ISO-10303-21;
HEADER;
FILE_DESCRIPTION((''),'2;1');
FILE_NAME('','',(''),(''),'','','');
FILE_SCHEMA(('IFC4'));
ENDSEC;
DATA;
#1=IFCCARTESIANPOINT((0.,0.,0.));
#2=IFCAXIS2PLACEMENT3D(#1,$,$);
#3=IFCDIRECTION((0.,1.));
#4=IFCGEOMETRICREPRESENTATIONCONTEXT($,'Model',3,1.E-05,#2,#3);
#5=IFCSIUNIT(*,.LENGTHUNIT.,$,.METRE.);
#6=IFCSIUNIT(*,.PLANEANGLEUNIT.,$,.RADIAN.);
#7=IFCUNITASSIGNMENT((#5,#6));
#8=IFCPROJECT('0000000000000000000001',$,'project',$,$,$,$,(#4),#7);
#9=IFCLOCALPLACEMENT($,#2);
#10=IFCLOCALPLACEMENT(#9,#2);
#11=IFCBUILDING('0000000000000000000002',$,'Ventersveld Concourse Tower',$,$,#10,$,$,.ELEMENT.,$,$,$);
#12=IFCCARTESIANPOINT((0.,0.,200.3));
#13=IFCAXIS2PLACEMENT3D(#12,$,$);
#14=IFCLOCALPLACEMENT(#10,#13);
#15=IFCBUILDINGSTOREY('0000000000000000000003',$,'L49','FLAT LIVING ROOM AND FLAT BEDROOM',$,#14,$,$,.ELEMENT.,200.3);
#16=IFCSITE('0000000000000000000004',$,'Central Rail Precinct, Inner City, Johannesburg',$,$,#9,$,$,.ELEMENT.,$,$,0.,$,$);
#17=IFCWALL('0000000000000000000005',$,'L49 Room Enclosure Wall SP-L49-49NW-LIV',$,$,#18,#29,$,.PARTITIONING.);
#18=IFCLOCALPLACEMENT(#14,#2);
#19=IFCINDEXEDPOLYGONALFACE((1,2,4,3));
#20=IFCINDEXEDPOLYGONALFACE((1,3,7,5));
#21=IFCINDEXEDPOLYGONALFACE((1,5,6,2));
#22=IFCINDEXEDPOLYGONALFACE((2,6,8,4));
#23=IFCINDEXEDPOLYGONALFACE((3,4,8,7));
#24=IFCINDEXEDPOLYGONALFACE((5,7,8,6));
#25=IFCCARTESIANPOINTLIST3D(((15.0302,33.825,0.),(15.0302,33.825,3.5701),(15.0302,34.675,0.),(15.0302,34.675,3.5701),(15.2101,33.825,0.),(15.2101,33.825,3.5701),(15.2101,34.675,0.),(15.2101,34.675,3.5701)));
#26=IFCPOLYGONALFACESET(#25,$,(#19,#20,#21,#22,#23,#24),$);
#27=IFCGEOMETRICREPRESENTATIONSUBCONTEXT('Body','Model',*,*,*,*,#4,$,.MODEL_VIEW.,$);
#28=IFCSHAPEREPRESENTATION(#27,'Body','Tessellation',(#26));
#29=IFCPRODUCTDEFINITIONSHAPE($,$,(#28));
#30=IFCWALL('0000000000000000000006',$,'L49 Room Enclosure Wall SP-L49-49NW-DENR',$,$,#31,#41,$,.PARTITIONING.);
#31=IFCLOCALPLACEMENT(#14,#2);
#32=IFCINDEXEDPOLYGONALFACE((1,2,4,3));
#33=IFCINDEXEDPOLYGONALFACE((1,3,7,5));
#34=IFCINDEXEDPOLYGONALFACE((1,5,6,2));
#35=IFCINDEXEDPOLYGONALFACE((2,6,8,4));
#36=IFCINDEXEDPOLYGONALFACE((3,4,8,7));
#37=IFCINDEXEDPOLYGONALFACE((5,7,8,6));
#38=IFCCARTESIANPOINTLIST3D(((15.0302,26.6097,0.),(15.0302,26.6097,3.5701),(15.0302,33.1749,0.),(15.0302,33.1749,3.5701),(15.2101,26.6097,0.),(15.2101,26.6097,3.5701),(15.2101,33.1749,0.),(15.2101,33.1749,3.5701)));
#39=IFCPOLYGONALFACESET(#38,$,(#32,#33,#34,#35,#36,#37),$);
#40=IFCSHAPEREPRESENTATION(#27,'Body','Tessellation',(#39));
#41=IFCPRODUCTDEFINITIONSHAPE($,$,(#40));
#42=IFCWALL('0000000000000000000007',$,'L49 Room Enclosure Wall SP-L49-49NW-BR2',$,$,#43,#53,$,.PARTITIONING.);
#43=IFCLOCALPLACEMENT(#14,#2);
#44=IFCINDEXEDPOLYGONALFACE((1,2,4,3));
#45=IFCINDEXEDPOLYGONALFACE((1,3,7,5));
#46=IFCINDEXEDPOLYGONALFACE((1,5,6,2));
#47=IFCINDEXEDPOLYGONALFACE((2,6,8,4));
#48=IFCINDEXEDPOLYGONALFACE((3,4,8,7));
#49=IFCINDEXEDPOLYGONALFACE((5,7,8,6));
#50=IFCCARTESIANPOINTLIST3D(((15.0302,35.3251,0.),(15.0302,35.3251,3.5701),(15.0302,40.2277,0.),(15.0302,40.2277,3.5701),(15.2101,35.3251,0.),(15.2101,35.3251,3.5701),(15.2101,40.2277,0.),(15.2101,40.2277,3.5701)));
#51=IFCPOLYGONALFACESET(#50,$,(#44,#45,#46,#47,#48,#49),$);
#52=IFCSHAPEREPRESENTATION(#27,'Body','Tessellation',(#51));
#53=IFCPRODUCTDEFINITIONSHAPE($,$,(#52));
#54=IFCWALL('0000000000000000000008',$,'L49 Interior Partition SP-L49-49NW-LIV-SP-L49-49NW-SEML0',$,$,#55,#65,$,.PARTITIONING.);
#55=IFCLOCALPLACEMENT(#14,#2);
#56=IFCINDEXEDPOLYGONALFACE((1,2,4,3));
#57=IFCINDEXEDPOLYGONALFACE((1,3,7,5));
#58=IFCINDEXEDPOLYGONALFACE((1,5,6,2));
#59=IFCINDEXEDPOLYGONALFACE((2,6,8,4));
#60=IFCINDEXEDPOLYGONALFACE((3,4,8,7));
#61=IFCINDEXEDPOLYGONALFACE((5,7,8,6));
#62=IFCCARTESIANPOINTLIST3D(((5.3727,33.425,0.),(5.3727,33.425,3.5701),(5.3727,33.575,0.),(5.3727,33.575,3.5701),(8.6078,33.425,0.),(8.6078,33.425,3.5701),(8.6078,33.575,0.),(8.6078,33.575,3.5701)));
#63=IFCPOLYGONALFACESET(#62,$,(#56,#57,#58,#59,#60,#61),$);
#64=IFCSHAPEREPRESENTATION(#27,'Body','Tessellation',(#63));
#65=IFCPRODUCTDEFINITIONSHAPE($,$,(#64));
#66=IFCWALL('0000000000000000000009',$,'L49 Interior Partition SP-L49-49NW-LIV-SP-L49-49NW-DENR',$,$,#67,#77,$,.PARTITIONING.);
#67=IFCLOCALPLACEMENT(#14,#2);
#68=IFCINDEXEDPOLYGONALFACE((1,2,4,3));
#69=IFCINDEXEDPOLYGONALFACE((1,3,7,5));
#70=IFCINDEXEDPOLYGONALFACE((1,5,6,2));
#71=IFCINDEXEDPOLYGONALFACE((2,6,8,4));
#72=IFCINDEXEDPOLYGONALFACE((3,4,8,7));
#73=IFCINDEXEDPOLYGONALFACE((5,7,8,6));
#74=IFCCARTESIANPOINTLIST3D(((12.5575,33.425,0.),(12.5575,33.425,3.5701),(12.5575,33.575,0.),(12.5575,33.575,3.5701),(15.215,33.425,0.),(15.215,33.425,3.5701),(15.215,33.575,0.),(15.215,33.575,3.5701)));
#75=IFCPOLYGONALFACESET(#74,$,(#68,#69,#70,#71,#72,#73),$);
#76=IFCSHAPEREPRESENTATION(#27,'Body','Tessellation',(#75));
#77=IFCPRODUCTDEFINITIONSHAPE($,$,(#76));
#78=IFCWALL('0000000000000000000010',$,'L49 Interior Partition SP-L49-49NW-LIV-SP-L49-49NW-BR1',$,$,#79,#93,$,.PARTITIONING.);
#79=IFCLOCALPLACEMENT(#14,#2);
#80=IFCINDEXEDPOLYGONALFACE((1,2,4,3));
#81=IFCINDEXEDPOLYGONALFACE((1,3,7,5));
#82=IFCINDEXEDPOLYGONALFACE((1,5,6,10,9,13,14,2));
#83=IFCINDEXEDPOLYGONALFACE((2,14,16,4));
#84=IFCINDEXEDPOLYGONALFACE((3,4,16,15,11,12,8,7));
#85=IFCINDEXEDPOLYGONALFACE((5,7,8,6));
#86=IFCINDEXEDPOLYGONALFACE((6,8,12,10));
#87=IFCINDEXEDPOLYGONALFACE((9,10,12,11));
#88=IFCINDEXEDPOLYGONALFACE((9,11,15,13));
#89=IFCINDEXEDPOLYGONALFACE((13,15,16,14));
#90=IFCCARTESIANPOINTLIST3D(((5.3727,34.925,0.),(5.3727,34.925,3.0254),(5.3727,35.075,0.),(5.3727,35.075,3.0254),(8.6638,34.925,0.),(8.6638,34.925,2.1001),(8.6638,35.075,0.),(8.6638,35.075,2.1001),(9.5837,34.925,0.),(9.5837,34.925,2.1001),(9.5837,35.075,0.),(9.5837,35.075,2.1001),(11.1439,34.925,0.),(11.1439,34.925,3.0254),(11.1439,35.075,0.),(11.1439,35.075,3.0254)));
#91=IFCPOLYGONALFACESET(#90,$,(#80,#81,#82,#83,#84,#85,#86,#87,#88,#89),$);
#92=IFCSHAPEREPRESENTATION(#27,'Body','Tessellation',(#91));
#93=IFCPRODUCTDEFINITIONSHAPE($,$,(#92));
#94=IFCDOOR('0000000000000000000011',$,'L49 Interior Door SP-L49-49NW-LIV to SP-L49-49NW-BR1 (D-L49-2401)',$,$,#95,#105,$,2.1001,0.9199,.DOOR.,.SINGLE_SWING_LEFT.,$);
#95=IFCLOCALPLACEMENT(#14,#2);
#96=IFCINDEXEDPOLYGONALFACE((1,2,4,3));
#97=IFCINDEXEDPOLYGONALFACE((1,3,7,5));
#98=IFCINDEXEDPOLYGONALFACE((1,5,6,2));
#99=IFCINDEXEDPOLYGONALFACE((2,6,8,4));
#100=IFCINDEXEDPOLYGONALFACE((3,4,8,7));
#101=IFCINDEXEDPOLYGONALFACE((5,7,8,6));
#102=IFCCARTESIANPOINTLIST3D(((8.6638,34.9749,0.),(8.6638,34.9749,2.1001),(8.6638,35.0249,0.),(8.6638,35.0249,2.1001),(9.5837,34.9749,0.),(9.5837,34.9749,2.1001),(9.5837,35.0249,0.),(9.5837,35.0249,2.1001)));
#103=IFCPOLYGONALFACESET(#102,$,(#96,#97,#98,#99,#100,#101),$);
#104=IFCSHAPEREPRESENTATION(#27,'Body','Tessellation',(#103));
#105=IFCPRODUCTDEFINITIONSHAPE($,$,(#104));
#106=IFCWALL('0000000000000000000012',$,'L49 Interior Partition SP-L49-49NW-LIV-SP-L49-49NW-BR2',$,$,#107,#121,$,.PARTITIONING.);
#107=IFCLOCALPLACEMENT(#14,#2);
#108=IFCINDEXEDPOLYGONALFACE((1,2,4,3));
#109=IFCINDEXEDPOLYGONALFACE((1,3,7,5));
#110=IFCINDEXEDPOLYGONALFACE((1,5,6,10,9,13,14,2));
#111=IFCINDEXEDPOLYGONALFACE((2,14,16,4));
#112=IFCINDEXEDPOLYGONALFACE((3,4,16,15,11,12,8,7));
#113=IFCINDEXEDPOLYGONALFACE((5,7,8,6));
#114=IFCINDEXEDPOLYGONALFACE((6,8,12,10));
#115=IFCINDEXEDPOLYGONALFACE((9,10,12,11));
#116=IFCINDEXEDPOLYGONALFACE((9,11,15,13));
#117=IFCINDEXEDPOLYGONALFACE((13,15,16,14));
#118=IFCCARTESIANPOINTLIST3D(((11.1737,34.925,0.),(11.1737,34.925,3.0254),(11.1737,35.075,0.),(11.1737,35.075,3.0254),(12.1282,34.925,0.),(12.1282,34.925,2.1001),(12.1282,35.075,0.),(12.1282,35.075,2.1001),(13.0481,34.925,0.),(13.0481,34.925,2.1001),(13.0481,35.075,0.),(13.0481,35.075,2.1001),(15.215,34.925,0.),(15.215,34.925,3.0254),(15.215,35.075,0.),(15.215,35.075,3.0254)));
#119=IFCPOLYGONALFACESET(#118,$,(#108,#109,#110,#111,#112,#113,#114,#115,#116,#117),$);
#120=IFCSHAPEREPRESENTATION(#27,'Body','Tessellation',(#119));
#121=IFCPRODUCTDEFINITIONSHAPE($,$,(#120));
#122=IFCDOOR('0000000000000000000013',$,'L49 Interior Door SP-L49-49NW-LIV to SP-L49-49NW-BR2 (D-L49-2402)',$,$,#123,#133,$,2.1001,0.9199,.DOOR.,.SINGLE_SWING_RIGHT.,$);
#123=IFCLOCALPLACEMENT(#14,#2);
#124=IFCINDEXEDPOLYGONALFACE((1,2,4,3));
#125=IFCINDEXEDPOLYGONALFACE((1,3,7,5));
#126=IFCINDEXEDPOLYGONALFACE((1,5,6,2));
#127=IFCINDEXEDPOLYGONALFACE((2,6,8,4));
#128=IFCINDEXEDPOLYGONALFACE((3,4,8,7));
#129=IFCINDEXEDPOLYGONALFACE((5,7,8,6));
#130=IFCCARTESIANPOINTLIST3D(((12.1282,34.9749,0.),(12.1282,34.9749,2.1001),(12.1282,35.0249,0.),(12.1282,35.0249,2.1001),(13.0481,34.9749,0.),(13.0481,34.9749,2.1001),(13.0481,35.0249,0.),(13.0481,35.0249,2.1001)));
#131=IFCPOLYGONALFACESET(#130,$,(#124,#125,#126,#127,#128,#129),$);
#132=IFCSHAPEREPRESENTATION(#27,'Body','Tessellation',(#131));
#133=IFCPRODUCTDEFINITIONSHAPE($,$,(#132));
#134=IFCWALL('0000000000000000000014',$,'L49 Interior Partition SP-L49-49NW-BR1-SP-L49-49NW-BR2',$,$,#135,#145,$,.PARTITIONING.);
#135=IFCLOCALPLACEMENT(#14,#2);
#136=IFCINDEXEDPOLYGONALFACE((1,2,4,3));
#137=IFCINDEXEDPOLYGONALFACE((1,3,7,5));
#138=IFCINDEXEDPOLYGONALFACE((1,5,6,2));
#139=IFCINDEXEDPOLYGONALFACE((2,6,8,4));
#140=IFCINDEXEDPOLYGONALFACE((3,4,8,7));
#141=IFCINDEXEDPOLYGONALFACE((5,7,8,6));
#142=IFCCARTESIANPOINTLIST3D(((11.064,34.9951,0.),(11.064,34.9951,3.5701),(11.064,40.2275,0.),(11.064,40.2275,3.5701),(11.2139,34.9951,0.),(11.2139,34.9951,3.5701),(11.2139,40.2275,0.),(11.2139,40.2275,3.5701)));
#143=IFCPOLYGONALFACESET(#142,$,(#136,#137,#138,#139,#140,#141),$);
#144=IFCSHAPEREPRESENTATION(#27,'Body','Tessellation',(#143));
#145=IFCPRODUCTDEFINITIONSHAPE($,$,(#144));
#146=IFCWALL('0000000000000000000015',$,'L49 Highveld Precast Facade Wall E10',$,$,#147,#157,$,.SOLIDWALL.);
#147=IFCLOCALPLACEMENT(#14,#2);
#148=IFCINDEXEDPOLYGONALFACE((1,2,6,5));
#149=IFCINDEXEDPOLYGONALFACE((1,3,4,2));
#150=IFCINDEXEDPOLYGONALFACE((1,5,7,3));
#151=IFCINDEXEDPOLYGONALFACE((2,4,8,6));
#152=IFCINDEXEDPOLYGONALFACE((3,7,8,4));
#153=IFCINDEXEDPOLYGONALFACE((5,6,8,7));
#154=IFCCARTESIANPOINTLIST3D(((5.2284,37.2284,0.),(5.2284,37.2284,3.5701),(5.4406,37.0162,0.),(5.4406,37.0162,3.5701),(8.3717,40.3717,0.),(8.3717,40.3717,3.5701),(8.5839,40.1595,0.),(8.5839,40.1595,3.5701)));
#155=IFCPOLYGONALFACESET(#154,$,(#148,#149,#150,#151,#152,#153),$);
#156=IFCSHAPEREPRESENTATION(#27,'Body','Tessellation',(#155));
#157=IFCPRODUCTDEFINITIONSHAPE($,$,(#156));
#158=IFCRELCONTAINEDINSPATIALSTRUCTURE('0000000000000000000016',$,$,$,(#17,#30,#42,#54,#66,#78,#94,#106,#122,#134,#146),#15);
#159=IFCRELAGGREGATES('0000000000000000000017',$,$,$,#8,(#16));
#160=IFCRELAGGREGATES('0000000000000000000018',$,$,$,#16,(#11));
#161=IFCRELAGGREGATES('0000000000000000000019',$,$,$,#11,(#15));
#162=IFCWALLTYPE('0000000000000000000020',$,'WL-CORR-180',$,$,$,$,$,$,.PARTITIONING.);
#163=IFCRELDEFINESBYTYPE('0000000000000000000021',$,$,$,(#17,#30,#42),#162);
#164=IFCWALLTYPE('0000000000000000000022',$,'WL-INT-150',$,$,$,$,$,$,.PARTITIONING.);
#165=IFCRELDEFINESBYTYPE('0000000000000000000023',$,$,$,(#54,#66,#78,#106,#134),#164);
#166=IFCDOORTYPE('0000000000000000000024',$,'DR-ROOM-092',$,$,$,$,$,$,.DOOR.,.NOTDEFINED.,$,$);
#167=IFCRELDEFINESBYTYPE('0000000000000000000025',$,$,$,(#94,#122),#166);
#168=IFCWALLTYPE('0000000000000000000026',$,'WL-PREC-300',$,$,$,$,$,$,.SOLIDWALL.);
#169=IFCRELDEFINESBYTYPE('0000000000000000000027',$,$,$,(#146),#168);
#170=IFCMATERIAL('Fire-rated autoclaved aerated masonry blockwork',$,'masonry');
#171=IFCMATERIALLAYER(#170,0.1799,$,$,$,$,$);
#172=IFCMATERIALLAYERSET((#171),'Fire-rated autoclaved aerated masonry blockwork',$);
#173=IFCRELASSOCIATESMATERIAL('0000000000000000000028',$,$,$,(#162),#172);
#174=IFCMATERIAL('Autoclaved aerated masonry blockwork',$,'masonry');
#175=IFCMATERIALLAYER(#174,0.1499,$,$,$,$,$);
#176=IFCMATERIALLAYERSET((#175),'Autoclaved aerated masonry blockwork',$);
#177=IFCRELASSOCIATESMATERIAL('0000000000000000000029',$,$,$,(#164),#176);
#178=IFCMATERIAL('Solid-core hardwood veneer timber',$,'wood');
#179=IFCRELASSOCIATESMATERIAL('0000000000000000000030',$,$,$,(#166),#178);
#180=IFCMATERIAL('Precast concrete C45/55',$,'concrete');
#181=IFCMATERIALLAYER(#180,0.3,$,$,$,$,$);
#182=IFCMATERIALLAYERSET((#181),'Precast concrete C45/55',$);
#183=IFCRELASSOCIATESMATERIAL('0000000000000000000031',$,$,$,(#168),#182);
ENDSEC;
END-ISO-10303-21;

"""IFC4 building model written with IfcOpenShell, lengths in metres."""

from ifc_helpers import new_model, si_unit, direction, frame, frame_2d, origin, place, context, subcontext, project, spatial, rectangle, extrude, material, layer, layer_set, type_object, element, fill, save


model = new_model("IFC4")

# Units and contexts
model_context = context("Model", 3, precision=1e-05, world=origin(), true_north=direction((0.0, 1.0)))
body_context = subcontext(model_context, "Body", "Model", "MODEL_VIEW")
ifc_project = project(units=[si_unit("LENGTHUNIT", "METRE"), si_unit("PLANEANGLEUNIT", "RADIAN")], contexts=[model_context])

# Site, building, storey
site_placement = place(None, origin())
site = spatial("IfcSite", under=ifc_project, at=site_placement, Name="Central Rail Precinct, Inner City, Johannesburg", CompositionType="ELEMENT", RefElevation=0.0)
building_placement = place(site_placement, origin())
building = spatial("IfcBuilding", under=site, at=building_placement, Name="Ventersveld Concourse Tower", CompositionType="ELEMENT")
storey_placement = place(building_placement, frame((0.0, 0.0, 200.3)))
storey = spatial("IfcBuildingStorey", under=building, at=storey_placement, Name="L49", Description="FLAT LIVING ROOM AND FLAT BEDROOM", CompositionType="ELEMENT", Elevation=200.3)

# Walls
ifc_material_1 = material(Name="Fire-rated autoclaved aerated masonry blockwork", Category="masonry")
ifc_layer_1 = layer(ifc_material_1, 0.1799)
ifc_layer_set_1 = layer_set([ifc_layer_1], Name="Fire-rated autoclaved aerated masonry blockwork")
wall_type_1 = type_object("IfcWallType", Name="WL-CORR-180", PredefinedType="PARTITIONING", material=ifc_layer_set_1)
wall_1_placement = place(storey_placement, frame((15.1201, 34.675, 0.0), z_axis=(0.0, 0.0, 1.0), x_axis=(0.0, -1.0, 0.0)))
element("IfcWall", 1, at=wall_1_placement, inside=storey, type_object=wall_type_1, Name="L49 Room Enclosure Wall SP-L49-49NW-LIV", PredefinedType="PARTITIONING", context=body_context, shape_type="SweptSolid", body=[
    extrude(rectangle(XDim=0.8501, YDim=0.1799, at=frame_2d((0.425, 0.0))), origin(), (0.0, 0.0, 1.0), 3.5701),
])
wall_2_placement = place(storey_placement, frame((15.1201, 33.175, 0.0), z_axis=(0.0, 0.0, 1.0), x_axis=(0.0, -1.0, 0.0)))
element("IfcWall", 2, at=wall_2_placement, inside=storey, type_object=wall_type_1, Name="L49 Room Enclosure Wall SP-L49-49NW-DENR", PredefinedType="PARTITIONING", context=body_context, shape_type="SweptSolid", body=[
    extrude(rectangle(XDim=6.5652, YDim=0.1799, at=frame_2d((3.2827, 0.0))), origin(), (0.0, 0.0, 1.0), 3.5701),
])
wall_3_placement = place(storey_placement, frame((15.1201, 40.2275, 0.0), z_axis=(0.0, 0.0, 1.0), x_axis=(0.0, -1.0, 0.0)))
element("IfcWall", 3, at=wall_3_placement, inside=storey, type_object=wall_type_1, Name="L49 Room Enclosure Wall SP-L49-49NW-BR2", PredefinedType="PARTITIONING", context=body_context, shape_type="SweptSolid", body=[
    extrude(rectangle(XDim=4.9026, YDim=0.1799, at=frame_2d((2.4512, 0.0))), origin(), (0.0, 0.0, 1.0), 3.5701),
])
ifc_material_2 = material(Name="Autoclaved aerated masonry blockwork", Category="masonry")
ifc_layer_2 = layer(ifc_material_2, 0.1499)
ifc_layer_set_2 = layer_set([ifc_layer_2], Name="Autoclaved aerated masonry blockwork")
wall_type_2 = type_object("IfcWallType", Name="WL-INT-150", PredefinedType="PARTITIONING", material=ifc_layer_set_2)
wall_4_placement = place(storey_placement, frame((5.3726, 33.5, 0.0), z_axis=(0.0, 0.0, 1.0), x_axis=(1.0, 0.0, 0.0)))
element("IfcWall", 4, at=wall_4_placement, inside=storey, type_object=wall_type_2, Name="L49 Interior Partition SP-L49-49NW-LIV-SP-L49-49NW-SEML0", PredefinedType="PARTITIONING", context=body_context, shape_type="SweptSolid", body=[
    extrude(rectangle(XDim=3.2351, YDim=0.1499, at=frame_2d((1.6177, 0.0))), origin(), (0.0, 0.0, 1.0), 3.5701),
])
wall_5_placement = place(storey_placement, frame((12.5576, 33.5, 0.0), z_axis=(0.0, 0.0, 1.0), x_axis=(1.0, 0.0, 0.0)))
element("IfcWall", 5, at=wall_5_placement, inside=storey, type_object=wall_type_2, Name="L49 Interior Partition SP-L49-49NW-LIV-SP-L49-49NW-DENR", PredefinedType="PARTITIONING", context=body_context, shape_type="SweptSolid", body=[
    extrude(rectangle(XDim=2.6575, YDim=0.1499, at=frame_2d((1.3286, 0.0))), origin(), (0.0, 0.0, 1.0), 3.5701),
])

# Walls, openings, doors
wall_6_placement = place(storey_placement, frame((5.3726, 35.0, 0.0), z_axis=(0.0, 0.0, 1.0), x_axis=(1.0, 0.0, 0.0)))
wall_6 = element("IfcWall", 6, at=wall_6_placement, inside=storey, type_object=wall_type_2, Name="L49 Interior Partition SP-L49-49NW-LIV-SP-L49-49NW-BR1", PredefinedType="PARTITIONING", context=body_context, shape_type="SweptSolid", body=[
    extrude(rectangle(XDim=5.7712, YDim=0.1499, at=frame_2d((2.8857, 0.0))), origin(), (0.0, 0.0, 1.0), 3.0254),
])
opening_1_placement = place(wall_6_placement, frame((3.2913, 0.0, 0.0)))
opening_1 = element("IfcOpeningElement", 7, at=opening_1_placement, cuts=wall_6, PredefinedType="OPENING", context=body_context, shape_type="SweptSolid", body=[
    extrude(rectangle(XDim=0.9199, YDim=2.1001, at=frame_2d((0.46, 1.05))), frame((0.0, 0.085, 0.0), z_axis=(0.0, -1.0, 0.0), x_axis=(1.0, 0.0, 0.0)), (0.0, 0.0, 1.0), 0.1699),
])
ifc_material_3 = material(Name="Solid-core hardwood veneer timber", Category="wood")
door_type = type_object("IfcDoorType", Name="DR-ROOM-092", OperationType="NOTDEFINED", PredefinedType="DOOR", material=ifc_material_3)
door_1_placement = place(opening_1_placement, origin())
door_1 = element("IfcDoor", 8, at=door_1_placement, inside=storey, type_object=door_type, Name="L49 Interior Door SP-L49-49NW-LIV to SP-L49-49NW-BR1 (D-L49-2401)", OperationType="SINGLE_SWING_LEFT", OverallHeight=2.1001, OverallWidth=0.9199, PredefinedType="DOOR", context=body_context, shape_type="SweptSolid", body=[
    extrude(rectangle(XDim=0.9199, YDim=2.1001, at=frame_2d((0.46, 1.05))), frame((0.0, 0.0249, 0.0), z_axis=(0.0, -1.0, 0.0), x_axis=(1.0, 0.0, 0.0)), (0.0, 0.0, 1.0), 0.05),
])
fill(opening_1, door_1)
wall_7_placement = place(storey_placement, frame((11.1738, 35.0, 0.0), z_axis=(0.0, 0.0, 1.0), x_axis=(1.0, 0.0, 0.0)))
wall_7 = element("IfcWall", 9, at=wall_7_placement, inside=storey, type_object=wall_type_2, Name="L49 Interior Partition SP-L49-49NW-LIV-SP-L49-49NW-BR2", PredefinedType="PARTITIONING", context=body_context, shape_type="SweptSolid", body=[
    extrude(rectangle(XDim=4.0413, YDim=0.1499, at=frame_2d((2.0205, 0.0))), origin(), (0.0, 0.0, 1.0), 3.0254),
])
opening_2_placement = place(wall_7_placement, frame((0.9543, 0.0, 0.0)))
opening_2 = element("IfcOpeningElement", 10, at=opening_2_placement, cuts=wall_7, PredefinedType="OPENING", context=body_context, shape_type="SweptSolid", body=[
    extrude(rectangle(XDim=0.9199, YDim=2.1001, at=frame_2d((0.46, 1.05))), frame((0.0, 0.085, 0.0), z_axis=(0.0, -1.0, 0.0), x_axis=(1.0, 0.0, 0.0)), (0.0, 0.0, 1.0), 0.1699),
])
door_2_placement = place(opening_2_placement, origin())
door_2 = element("IfcDoor", 11, at=door_2_placement, inside=storey, type_object=door_type, Name="L49 Interior Door SP-L49-49NW-LIV to SP-L49-49NW-BR2 (D-L49-2402)", OperationType="SINGLE_SWING_RIGHT", OverallHeight=2.1001, OverallWidth=0.9199, PredefinedType="DOOR", context=body_context, shape_type="SweptSolid", body=[
    extrude(rectangle(XDim=0.9199, YDim=2.1001, at=frame_2d((0.46, 1.05))), frame((0.0, 0.0249, 0.0), z_axis=(0.0, -1.0, 0.0), x_axis=(1.0, 0.0, 0.0)), (0.0, 0.0, 1.0), 0.05),
])
fill(opening_2, door_2)

# Walls
wall_8_placement = place(storey_placement, frame((11.1389, 34.9951, 0.0), z_axis=(0.0, 0.0, 1.0), x_axis=(0.0, 1.0, 0.0)))
element("IfcWall", 12, at=wall_8_placement, inside=storey, type_object=wall_type_2, Name="L49 Interior Partition SP-L49-49NW-BR1-SP-L49-49NW-BR2", PredefinedType="PARTITIONING", context=body_context, shape_type="SweptSolid", body=[
    extrude(rectangle(XDim=5.2324, YDim=0.1499, at=frame_2d((2.6162, 0.0))), origin(), (0.0, 0.0, 1.0), 3.5701),
])
ifc_material_4 = material(Name="Precast concrete C45/55", Category="concrete")
ifc_layer_3 = layer(ifc_material_4, 0.3)
ifc_layer_set_3 = layer_set([ifc_layer_3], Name="Precast concrete C45/55")
wall_type_3 = type_object("IfcWallType", Name="WL-PREC-300", PredefinedType="SOLIDWALL", material=ifc_layer_set_3)
wall_9_placement = place(storey_placement, frame((8.4778, 40.2656, 0.0), z_axis=(0.0, 0.0, 1.0), x_axis=(-0.707107, -0.707107, 0.0)))
element("IfcWall", 13, at=wall_9_placement, inside=storey, type_object=wall_type_3, Name="L49 Highveld Precast Facade Wall E10", PredefinedType="SOLIDWALL", context=body_context, shape_type="SweptSolid", body=[
    extrude(rectangle(XDim=4.4453, YDim=0.3, at=frame_2d((2.2227, 0.0))), origin(), (0.0, 0.0, 1.0), 3.5701),
])

save(model, "model.ifc")
